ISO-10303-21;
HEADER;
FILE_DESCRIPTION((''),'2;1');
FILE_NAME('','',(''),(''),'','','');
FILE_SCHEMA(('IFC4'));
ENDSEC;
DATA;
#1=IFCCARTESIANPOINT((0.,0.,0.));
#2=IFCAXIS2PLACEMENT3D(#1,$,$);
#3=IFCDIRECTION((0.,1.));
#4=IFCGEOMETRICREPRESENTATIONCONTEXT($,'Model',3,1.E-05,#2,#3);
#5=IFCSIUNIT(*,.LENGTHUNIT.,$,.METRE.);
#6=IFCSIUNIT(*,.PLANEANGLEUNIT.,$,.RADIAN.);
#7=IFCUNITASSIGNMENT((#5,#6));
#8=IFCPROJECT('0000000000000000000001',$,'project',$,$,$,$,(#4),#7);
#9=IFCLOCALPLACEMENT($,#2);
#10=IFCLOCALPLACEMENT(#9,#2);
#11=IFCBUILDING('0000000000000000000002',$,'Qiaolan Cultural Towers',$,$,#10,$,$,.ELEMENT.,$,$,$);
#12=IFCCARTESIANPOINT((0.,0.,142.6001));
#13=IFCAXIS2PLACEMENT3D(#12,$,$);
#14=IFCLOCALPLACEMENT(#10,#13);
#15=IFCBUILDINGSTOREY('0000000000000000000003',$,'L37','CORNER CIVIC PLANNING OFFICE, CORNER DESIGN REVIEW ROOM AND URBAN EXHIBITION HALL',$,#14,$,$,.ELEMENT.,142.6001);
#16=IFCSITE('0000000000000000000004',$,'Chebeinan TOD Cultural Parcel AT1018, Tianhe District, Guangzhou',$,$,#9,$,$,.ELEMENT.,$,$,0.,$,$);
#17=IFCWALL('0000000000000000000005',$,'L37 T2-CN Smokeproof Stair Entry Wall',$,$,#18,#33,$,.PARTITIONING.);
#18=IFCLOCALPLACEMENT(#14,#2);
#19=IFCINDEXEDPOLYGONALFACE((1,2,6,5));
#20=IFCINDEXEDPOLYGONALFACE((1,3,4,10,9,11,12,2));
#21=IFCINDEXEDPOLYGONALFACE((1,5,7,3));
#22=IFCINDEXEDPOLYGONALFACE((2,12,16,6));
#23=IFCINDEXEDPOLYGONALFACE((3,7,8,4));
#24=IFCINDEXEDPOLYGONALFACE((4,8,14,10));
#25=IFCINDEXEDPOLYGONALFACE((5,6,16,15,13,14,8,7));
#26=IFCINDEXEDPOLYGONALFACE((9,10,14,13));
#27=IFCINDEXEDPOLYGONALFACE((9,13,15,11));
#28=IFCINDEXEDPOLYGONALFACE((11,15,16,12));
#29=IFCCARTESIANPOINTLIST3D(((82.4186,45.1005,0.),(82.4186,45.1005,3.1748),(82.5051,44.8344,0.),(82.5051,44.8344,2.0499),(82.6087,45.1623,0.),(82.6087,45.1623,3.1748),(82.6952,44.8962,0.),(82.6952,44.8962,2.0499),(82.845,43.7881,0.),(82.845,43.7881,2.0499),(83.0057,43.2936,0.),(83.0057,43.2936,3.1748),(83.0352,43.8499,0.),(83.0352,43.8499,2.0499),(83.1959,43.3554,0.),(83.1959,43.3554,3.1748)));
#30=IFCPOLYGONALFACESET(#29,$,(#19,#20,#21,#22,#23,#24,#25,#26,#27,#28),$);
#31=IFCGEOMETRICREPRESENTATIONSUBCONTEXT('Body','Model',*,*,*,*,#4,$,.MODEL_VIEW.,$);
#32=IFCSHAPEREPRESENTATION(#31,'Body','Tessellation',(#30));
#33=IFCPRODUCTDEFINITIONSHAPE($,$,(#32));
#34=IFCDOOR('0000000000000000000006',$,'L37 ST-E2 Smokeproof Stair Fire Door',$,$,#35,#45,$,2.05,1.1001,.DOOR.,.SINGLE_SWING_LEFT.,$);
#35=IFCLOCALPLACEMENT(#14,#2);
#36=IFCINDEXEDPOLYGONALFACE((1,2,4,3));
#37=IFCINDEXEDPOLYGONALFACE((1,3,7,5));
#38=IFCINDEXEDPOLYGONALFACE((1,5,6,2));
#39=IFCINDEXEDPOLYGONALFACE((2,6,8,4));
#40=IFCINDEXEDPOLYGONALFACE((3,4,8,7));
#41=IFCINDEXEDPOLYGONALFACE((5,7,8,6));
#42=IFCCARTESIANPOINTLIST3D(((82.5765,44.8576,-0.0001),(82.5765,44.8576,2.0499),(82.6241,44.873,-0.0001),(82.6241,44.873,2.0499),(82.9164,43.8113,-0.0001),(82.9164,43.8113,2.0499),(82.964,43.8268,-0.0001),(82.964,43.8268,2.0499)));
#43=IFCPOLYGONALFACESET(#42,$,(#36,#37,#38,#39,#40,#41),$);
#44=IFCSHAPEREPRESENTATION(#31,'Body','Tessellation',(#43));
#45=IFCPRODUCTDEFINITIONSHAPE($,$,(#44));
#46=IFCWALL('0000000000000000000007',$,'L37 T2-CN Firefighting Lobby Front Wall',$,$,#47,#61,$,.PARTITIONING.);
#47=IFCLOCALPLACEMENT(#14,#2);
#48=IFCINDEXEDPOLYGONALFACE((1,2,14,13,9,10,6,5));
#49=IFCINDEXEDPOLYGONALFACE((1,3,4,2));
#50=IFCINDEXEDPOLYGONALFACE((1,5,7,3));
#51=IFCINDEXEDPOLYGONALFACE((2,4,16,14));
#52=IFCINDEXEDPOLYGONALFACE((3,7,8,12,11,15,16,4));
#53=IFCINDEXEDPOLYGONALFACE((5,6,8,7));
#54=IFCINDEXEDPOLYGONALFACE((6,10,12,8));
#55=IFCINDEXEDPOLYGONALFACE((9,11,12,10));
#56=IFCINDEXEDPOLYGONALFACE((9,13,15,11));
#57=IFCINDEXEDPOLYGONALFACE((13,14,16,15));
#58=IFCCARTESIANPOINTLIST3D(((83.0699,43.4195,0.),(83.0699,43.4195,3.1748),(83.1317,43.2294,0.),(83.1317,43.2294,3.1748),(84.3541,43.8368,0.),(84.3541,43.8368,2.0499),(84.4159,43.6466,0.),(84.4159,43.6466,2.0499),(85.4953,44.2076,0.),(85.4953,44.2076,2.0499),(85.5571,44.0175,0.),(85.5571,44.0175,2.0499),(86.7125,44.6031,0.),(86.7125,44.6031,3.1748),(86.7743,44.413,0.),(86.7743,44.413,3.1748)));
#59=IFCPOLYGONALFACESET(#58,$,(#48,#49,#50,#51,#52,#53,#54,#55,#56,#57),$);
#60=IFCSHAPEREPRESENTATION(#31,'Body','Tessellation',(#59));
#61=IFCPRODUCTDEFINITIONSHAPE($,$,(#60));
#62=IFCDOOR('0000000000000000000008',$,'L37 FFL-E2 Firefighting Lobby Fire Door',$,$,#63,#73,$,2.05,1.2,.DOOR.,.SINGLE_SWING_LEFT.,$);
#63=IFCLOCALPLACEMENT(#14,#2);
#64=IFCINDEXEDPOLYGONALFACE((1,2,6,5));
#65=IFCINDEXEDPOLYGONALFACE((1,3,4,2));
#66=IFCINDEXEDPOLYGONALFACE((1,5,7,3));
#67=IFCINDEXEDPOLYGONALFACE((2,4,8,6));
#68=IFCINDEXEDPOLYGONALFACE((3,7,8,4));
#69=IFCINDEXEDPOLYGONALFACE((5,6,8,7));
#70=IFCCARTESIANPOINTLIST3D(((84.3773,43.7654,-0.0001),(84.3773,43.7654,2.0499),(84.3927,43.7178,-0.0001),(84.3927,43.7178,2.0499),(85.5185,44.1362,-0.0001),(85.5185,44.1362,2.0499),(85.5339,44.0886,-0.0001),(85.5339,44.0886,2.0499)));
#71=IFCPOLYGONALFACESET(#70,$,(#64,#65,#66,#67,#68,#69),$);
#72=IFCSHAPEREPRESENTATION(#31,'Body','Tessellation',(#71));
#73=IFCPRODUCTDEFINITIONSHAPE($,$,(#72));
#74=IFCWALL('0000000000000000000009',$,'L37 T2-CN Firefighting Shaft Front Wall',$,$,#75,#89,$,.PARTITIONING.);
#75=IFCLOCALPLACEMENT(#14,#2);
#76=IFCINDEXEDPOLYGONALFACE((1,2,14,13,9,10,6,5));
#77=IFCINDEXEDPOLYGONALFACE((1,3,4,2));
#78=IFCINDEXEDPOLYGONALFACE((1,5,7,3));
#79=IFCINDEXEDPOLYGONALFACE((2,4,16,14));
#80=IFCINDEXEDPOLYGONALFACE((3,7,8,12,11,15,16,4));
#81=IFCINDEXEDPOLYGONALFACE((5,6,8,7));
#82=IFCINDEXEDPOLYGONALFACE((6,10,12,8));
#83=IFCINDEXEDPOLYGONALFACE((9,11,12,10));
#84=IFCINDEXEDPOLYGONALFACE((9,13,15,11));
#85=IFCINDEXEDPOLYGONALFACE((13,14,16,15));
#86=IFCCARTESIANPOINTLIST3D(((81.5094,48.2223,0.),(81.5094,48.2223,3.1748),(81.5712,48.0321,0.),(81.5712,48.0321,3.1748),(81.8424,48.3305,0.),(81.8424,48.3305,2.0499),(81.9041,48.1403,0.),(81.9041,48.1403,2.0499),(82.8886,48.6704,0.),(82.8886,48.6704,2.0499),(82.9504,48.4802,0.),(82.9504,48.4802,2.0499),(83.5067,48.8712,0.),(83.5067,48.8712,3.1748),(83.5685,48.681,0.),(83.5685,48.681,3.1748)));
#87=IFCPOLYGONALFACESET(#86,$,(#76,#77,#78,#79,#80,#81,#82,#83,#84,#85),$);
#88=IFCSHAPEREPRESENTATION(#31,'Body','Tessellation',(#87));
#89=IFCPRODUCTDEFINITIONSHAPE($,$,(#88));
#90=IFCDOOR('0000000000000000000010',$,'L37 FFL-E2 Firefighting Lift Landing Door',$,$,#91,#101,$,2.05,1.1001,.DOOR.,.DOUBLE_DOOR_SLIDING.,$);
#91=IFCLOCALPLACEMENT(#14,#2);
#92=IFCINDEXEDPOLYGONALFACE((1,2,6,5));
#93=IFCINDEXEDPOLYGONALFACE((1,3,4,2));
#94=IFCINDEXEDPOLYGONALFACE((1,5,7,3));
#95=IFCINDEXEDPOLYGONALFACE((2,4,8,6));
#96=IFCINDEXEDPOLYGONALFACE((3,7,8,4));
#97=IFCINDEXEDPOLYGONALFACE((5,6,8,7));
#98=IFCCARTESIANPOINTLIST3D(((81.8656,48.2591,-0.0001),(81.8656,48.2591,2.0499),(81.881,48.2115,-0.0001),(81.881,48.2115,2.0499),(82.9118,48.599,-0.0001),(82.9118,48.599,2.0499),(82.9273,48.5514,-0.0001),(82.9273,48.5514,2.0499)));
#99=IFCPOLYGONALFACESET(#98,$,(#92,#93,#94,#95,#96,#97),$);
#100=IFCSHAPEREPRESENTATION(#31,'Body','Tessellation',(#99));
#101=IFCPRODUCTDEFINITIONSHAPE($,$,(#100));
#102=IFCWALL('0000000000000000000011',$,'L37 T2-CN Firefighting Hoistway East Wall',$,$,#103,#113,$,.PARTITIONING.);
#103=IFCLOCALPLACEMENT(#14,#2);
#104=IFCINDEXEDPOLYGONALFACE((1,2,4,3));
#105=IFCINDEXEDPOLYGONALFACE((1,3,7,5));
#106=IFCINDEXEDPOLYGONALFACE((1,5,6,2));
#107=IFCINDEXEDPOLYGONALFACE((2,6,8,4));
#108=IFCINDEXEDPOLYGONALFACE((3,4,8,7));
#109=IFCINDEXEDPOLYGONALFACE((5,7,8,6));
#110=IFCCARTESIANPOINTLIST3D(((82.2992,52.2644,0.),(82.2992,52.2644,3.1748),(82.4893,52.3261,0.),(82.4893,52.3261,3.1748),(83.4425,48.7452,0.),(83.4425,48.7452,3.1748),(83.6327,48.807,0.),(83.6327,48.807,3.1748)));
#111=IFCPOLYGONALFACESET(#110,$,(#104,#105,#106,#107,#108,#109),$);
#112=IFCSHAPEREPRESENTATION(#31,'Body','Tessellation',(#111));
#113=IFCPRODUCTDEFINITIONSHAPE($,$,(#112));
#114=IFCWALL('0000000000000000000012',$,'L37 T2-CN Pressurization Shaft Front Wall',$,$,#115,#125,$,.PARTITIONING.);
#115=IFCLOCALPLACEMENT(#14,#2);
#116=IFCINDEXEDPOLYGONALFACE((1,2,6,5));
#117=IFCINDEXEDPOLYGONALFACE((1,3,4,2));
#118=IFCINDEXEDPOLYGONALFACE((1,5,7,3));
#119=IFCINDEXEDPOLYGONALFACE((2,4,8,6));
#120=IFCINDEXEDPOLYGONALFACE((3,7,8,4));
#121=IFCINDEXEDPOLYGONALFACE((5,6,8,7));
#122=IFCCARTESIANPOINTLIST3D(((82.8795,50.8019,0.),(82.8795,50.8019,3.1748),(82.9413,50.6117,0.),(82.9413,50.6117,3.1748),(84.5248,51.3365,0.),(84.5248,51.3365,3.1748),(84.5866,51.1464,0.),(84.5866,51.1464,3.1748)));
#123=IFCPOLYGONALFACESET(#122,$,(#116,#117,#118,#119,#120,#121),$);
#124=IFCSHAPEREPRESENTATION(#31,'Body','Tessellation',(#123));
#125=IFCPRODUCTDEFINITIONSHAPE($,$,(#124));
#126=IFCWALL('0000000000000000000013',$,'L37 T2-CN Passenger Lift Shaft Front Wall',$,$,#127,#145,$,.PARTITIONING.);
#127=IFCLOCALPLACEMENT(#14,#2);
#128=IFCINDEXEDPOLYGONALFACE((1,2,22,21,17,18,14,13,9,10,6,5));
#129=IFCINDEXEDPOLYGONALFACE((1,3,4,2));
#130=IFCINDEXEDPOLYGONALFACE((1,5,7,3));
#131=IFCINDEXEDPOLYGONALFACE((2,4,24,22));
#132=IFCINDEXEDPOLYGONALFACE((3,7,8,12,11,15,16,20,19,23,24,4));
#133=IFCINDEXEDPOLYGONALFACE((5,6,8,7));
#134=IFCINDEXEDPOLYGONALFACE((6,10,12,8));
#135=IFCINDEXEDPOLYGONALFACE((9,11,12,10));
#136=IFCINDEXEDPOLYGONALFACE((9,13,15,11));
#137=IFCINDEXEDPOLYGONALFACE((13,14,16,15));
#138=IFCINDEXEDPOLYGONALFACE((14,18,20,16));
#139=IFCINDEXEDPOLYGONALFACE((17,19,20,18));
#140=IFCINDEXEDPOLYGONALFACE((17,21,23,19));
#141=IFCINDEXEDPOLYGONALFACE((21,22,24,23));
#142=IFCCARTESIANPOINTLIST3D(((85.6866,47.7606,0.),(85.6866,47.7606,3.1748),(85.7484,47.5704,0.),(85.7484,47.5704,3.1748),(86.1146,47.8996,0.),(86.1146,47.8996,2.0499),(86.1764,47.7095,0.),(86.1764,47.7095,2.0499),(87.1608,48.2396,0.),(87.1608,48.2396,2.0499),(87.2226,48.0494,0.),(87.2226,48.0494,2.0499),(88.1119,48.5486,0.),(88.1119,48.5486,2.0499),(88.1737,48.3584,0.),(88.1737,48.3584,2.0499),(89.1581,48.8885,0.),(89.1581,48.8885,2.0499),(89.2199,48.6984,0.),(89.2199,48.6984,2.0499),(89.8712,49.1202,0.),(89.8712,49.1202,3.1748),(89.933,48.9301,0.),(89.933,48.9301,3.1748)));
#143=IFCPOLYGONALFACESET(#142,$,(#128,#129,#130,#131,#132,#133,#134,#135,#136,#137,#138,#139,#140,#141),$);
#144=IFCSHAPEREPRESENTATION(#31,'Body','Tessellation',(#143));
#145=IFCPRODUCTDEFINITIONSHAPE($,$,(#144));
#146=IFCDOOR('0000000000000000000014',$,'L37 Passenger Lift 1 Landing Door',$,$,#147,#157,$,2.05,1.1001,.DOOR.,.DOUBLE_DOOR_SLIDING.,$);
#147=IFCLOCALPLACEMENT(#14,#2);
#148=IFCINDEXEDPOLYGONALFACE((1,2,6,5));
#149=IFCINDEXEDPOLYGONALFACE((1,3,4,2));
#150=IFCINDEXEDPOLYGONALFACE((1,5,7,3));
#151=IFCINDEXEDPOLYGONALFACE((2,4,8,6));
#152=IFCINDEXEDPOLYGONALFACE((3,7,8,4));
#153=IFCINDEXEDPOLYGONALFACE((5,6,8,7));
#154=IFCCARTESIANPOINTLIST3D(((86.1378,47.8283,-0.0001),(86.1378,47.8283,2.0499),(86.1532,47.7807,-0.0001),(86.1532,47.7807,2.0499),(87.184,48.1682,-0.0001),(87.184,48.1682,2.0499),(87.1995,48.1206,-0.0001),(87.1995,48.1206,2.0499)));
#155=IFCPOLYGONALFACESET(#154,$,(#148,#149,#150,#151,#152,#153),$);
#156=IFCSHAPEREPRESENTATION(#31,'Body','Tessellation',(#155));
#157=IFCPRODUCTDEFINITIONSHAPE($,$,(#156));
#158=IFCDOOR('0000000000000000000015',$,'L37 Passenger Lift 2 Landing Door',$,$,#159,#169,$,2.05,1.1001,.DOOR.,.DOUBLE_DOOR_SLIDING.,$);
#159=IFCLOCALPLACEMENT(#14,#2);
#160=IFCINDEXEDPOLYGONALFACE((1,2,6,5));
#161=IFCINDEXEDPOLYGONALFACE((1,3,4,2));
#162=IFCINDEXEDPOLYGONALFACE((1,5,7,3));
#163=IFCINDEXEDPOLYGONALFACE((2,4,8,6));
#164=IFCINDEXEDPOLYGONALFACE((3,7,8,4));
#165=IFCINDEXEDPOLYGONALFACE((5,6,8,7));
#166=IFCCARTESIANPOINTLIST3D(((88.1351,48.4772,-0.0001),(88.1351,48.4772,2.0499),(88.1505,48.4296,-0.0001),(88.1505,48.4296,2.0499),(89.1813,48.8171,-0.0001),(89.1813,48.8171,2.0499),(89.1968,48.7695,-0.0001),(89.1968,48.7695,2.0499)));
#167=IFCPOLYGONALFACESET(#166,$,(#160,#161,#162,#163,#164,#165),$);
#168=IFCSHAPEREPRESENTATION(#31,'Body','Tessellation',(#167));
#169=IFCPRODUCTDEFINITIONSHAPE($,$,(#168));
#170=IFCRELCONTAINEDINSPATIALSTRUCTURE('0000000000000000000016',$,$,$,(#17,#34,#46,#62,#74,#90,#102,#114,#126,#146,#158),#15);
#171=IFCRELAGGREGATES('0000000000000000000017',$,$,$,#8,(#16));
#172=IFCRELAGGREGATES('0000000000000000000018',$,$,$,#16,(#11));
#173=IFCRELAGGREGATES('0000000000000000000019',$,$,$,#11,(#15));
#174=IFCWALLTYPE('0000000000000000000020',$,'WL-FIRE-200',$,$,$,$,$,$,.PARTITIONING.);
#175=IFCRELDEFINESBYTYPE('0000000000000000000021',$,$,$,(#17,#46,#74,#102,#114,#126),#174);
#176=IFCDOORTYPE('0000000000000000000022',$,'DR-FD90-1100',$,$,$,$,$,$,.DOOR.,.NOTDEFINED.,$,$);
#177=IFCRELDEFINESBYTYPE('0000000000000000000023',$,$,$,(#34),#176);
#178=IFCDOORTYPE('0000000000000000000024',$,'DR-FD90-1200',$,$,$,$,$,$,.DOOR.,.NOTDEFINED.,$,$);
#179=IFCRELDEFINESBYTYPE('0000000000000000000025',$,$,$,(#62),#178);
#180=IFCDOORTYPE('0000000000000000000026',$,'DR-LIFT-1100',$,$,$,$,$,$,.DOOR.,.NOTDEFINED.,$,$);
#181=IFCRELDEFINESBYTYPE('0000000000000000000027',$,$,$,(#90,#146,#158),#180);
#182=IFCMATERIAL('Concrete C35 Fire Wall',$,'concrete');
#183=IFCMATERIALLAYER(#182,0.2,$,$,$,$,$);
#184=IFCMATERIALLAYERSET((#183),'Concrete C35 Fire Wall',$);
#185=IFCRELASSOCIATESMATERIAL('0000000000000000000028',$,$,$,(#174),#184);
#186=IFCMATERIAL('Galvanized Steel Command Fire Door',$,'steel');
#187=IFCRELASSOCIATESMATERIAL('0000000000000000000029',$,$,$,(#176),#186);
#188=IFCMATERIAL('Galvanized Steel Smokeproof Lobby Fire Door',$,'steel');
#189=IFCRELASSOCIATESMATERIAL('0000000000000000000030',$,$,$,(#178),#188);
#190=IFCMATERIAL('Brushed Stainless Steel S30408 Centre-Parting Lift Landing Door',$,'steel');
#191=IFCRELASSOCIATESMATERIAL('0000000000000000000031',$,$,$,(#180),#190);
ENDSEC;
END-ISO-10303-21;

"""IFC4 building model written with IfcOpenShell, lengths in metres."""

from ifc_helpers import new_model, si_unit, direction, frame, frame_2d, origin, place, context, subcontext, project, spatial, rectangle, extrude, material, layer, layer_set, type_object, element, fill, save


model = new_model("IFC4")

# Units and contexts
model_context = context("Model", 3, precision=1e-05, world=origin(), true_north=direction((0.0, 1.0)))
body_context = subcontext(model_context, "Body", "Model", "MODEL_VIEW")
ifc_project = project(units=[si_unit("LENGTHUNIT", "METRE"), si_unit("PLANEANGLEUNIT", "RADIAN")], contexts=[model_context])

# Site, building, storey
site_placement = place(None, origin())
site = spatial("IfcSite", under=ifc_project, at=site_placement, Name="Chebeinan TOD Cultural Parcel AT1018, Tianhe District, Guangzhou", CompositionType="ELEMENT", RefElevation=0.0)
building_placement = place(site_placement, origin())
building = spatial("IfcBuilding", under=site, at=building_placement, Name="Qiaolan Cultural Towers", CompositionType="ELEMENT")
storey_placement = place(building_placement, frame((0.0, 0.0, 142.6001)))
storey = spatial("IfcBuildingStorey", under=building, at=storey_placement, Name="L37", Description="CORNER CIVIC PLANNING OFFICE, CORNER DESIGN REVIEW ROOM AND URBAN EXHIBITION HALL", CompositionType="ELEMENT", Elevation=142.6001)

# Walls, openings, doors
ifc_material_1 = material(Name="Concrete C35 Fire Wall", Category="concrete")
ifc_layer_1 = layer(ifc_material_1, 0.2)
ifc_layer_set_1 = layer_set([ifc_layer_1], Name="Concrete C35 Fire Wall")
wall_type_1 = type_object("IfcWallType", Name="WL-FIRE-200", PredefinedType="PARTITIONING", material=ifc_layer_set_1)
wall_1_placement = place(storey_placement, frame((83.1008, 43.3245, 0.0), z_axis=(0.0, 0.0, 1.0), x_axis=(-0.309048, 0.951046, 0.0)))
wall_1 = element("IfcWall", 1, at=wall_1_placement, inside=storey, type_object=wall_type_1, Name="L37 T2-CN Smokeproof Stair Entry Wall", PredefinedType="PARTITIONING", context=body_context, shape_type="SweptSolid", body=[
    extrude(rectangle(XDim=1.8999, YDim=0.2, at=frame_2d((0.95, 0.0))), origin(), (0.0, 0.0, 1.0), 3.1748),
])
opening_1_placement = place(wall_1_placement, frame((0.52, 0.0, 0.0)))
opening_1 = element("IfcOpeningElement", 2, at=opening_1_placement, cuts=wall_1, PredefinedType="OPENING", context=body_context, shape_type="SweptSolid", body=[
    extrude(rectangle(XDim=1.1001, YDim=2.05, at=frame_2d((0.55, 1.0249))), frame((0.0, 0.1099, 0.0), z_axis=(0.0, -1.0, 0.0), x_axis=(1.0, 0.0, 0.0)), (0.0, 0.0, 1.0), 0.22),
])
ifc_material_2 = material(Name="Galvanized Steel Command Fire Door", Category="steel")
door_type_1 = type_object("IfcDoorType", Name="DR-FD90-1100", OperationType="NOTDEFINED", PredefinedType="DOOR", material=ifc_material_2)
door_1_placement = place(opening_1_placement, origin())
door_1 = element("IfcDoor", 3, at=door_1_placement, inside=storey, type_object=door_type_1, Name="L37 ST-E2 Smokeproof Stair Fire Door", OperationType="SINGLE_SWING_LEFT", OverallHeight=2.05, OverallWidth=1.1001, PredefinedType="DOOR", context=body_context, shape_type="SweptSolid", body=[
    extrude(rectangle(XDim=1.1001, YDim=2.05, at=frame_2d((0.55, 1.0249))), frame((0.0, 0.0249, 0.0), z_axis=(0.0, -1.0, 0.0), x_axis=(1.0, 0.0, 0.0)), (0.0, 0.0, 1.0), 0.05),
])
fill(opening_1, door_1)
wall_2_placement = place(storey_placement, frame((83.1008, 43.3245, 0.0), z_axis=(0.0, 0.0, 1.0), x_axis=(0.951053, 0.309028, 0.0)))
wall_2 = element("IfcWall", 4, at=wall_2_placement, inside=storey, type_object=wall_type_1, Name="L37 T2-CN Firefighting Lobby Front Wall", PredefinedType="PARTITIONING", context=body_context, shape_type="SweptSolid", body=[
    extrude(rectangle(XDim=3.8301, YDim=0.2, at=frame_2d((1.915, 0.0))), origin(), (0.0, 0.0, 1.0), 3.1748),
])
opening_2_placement = place(wall_2_placement, frame((1.3501, 0.0, 0.0)))
opening_2 = element("IfcOpeningElement", 5, at=opening_2_placement, cuts=wall_2, PredefinedType="OPENING", context=body_context, shape_type="SweptSolid", body=[
    extrude(rectangle(XDim=1.2, YDim=2.05, at=frame_2d((0.6001, 1.0249))), frame((0.0, 0.1099, 0.0), z_axis=(0.0, -1.0, 0.0), x_axis=(1.0, 0.0, 0.0)), (0.0, 0.0, 1.0), 0.22),
])
ifc_material_3 = material(Name="Galvanized Steel Smokeproof Lobby Fire Door", Category="steel")
door_type_2 = type_object("IfcDoorType", Name="DR-FD90-1200", OperationType="NOTDEFINED", PredefinedType="DOOR", material=ifc_material_3)
door_2_placement = place(opening_2_placement, origin())
door_2 = element("IfcDoor", 6, at=door_2_placement, inside=storey, type_object=door_type_2, Name="L37 FFL-E2 Firefighting Lobby Fire Door", OperationType="SINGLE_SWING_LEFT", OverallHeight=2.05, OverallWidth=1.2, PredefinedType="DOOR", context=body_context, shape_type="SweptSolid", body=[
    extrude(rectangle(XDim=1.2, YDim=2.05, at=frame_2d((0.6001, 1.0249))), frame((0.0, 0.0249, 0.0), z_axis=(0.0, -1.0, 0.0), x_axis=(1.0, 0.0, 0.0)), (0.0, 0.0, 1.0), 0.05),
])
fill(opening_2, door_2)
wall_3_placement = place(storey_placement, frame((81.5403, 48.1272, 0.0), z_axis=(0.0, 0.0, 1.0), x_axis=(0.951062, 0.308999, 0.0)))
wall_3 = element("IfcWall", 7, at=wall_3_placement, inside=storey, type_object=wall_type_1, Name="L37 T2-CN Firefighting Shaft Front Wall", PredefinedType="PARTITIONING", context=body_context, shape_type="SweptSolid", body=[
    extrude(rectangle(XDim=2.1001, YDim=0.2, at=frame_2d((1.05, 0.0))), origin(), (0.0, 0.0, 1.0), 3.1748),
])
opening_3_placement = place(wall_3_placement, frame((0.3501, 0.0, 0.0)))
opening_3 = element("IfcOpeningElement", 8, at=opening_3_placement, cuts=wall_3, PredefinedType="OPENING", context=body_context, shape_type="SweptSolid", body=[
    extrude(rectangle(XDim=1.1001, YDim=2.05, at=frame_2d((0.55, 1.0249))), frame((0.0, 0.1099, 0.0), z_axis=(0.0, -1.0, 0.0), x_axis=(1.0, 0.0, 0.0)), (0.0, 0.0, 1.0), 0.22),
])
ifc_material_4 = material(Name="Brushed Stainless Steel S30408 Centre-Parting Lift Landing Door", Category="steel")
door_type_3 = type_object("IfcDoorType", Name="DR-LIFT-1100", OperationType="NOTDEFINED", PredefinedType="DOOR", material=ifc_material_4)
door_3_placement = place(opening_3_placement, origin())
door_3 = element("IfcDoor", 9, at=door_3_placement, inside=storey, type_object=door_type_3, Name="L37 FFL-E2 Firefighting Lift Landing Door", OperationType="DOUBLE_DOOR_SLIDING", OverallHeight=2.05, OverallWidth=1.1001, PredefinedType="DOOR", context=body_context, shape_type="SweptSolid", body=[
    extrude(rectangle(XDim=1.1001, YDim=2.05, at=frame_2d((0.55, 1.0249))), frame((0.0, 0.0249, 0.0), z_axis=(0.0, -1.0, 0.0), x_axis=(1.0, 0.0, 0.0)), (0.0, 0.0, 1.0), 0.05),
])
fill(opening_3, door_3)

# Walls
wall_4_placement = place(storey_placement, frame((83.5376, 48.7761, 0.0), z_axis=(0.0, 0.0, 1.0), x_axis=(-0.308994, 0.951064, 0.0)))
element("IfcWall", 10, at=wall_4_placement, inside=storey, type_object=wall_type_1, Name="L37 T2-CN Firefighting Hoistway East Wall", PredefinedType="PARTITIONING", context=body_context, shape_type="SweptSolid", body=[
    extrude(rectangle(XDim=3.7002, YDim=0.2, at=frame_2d((1.8501, 0.0))), origin(), (0.0, 0.0, 1.0), 3.1748),
])
wall_5_placement = place(storey_placement, frame((82.9104, 50.7068, 0.0), z_axis=(0.0, 0.0, 1.0), x_axis=(0.951041, 0.309064, 0.0)))
element("IfcWall", 11, at=wall_5_placement, inside=storey, type_object=wall_type_1, Name="L37 T2-CN Pressurization Shaft Front Wall", PredefinedType="PARTITIONING", context=body_context, shape_type="SweptSolid", body=[
    extrude(rectangle(XDim=1.73, YDim=0.2, at=frame_2d((0.865, 0.0))), origin(), (0.0, 0.0, 1.0), 3.1748),
])

# Wall, openings, doors
wall_6_placement = place(storey_placement, frame((85.7175, 47.6655, 0.0), z_axis=(0.0, 0.0, 1.0), x_axis=(0.951059, 0.309011, 0.0)))
wall_6 = element("IfcWall", 12, at=wall_6_placement, inside=storey, type_object=wall_type_1, Name="L37 T2-CN Passenger Lift Shaft Front Wall", PredefinedType="PARTITIONING", context=body_context, shape_type="SweptSolid", body=[
    extrude(rectangle(XDim=4.3999, YDim=0.2, at=frame_2d((2.2, 0.0))), origin(), (0.0, 0.0, 1.0), 3.1748),
])
opening_4_placement = place(wall_6_placement, frame((0.45, 0.0, 0.0)))
opening_4 = element("IfcOpeningElement", 13, at=opening_4_placement, cuts=wall_6, PredefinedType="OPENING", context=body_context, shape_type="SweptSolid", body=[
    extrude(rectangle(XDim=1.1001, YDim=2.05, at=frame_2d((0.55, 1.0249))), frame((0.0, 0.1099, 0.0), z_axis=(0.0, -1.0, 0.0), x_axis=(1.0, 0.0, 0.0)), (0.0, 0.0, 1.0), 0.22),
])
opening_5_placement = place(wall_6_placement, frame((2.55, 0.0, 0.0)))
opening_5 = element("IfcOpeningElement", 14, at=opening_5_placement, cuts=wall_6, PredefinedType="OPENING", context=body_context, shape_type="SweptSolid", body=[
    extrude(rectangle(XDim=1.1001, YDim=2.05, at=frame_2d((0.55, 1.0249))), frame((0.0, 0.1099, 0.0), z_axis=(0.0, -1.0, 0.0), x_axis=(1.0, 0.0, 0.0)), (0.0, 0.0, 1.0), 0.22),
])
door_4_placement = place(opening_4_placement, origin())
door_4 = element("IfcDoor", 15, at=door_4_placement, inside=storey, type_object=door_type_3, Name="L37 Passenger Lift 1 Landing Door", OperationType="DOUBLE_DOOR_SLIDING", OverallHeight=2.05, OverallWidth=1.1001, PredefinedType="DOOR", context=body_context, shape_type="SweptSolid", body=[
    extrude(rectangle(XDim=1.1001, YDim=2.05, at=frame_2d((0.55, 1.0249))), frame((0.0, 0.0249, 0.0), z_axis=(0.0, -1.0, 0.0), x_axis=(1.0, 0.0, 0.0)), (0.0, 0.0, 1.0), 0.05),
])
fill(opening_4, door_4)
door_5_placement = place(opening_5_placement, origin())
door_5 = element("IfcDoor", 16, at=door_5_placement, inside=storey, type_object=door_type_3, Name="L37 Passenger Lift 2 Landing Door", OperationType="DOUBLE_DOOR_SLIDING", OverallHeight=2.05, OverallWidth=1.1001, PredefinedType="DOOR", context=body_context, shape_type="SweptSolid", body=[
    extrude(rectangle(XDim=1.1001, YDim=2.05, at=frame_2d((0.55, 1.0249))), frame((0.0, 0.0249, 0.0), z_axis=(0.0, -1.0, 0.0), x_axis=(1.0, 0.0, 0.0)), (0.0, 0.0, 1.0), 0.05),
])
fill(opening_5, door_5)

save(model, "model.ifc")
